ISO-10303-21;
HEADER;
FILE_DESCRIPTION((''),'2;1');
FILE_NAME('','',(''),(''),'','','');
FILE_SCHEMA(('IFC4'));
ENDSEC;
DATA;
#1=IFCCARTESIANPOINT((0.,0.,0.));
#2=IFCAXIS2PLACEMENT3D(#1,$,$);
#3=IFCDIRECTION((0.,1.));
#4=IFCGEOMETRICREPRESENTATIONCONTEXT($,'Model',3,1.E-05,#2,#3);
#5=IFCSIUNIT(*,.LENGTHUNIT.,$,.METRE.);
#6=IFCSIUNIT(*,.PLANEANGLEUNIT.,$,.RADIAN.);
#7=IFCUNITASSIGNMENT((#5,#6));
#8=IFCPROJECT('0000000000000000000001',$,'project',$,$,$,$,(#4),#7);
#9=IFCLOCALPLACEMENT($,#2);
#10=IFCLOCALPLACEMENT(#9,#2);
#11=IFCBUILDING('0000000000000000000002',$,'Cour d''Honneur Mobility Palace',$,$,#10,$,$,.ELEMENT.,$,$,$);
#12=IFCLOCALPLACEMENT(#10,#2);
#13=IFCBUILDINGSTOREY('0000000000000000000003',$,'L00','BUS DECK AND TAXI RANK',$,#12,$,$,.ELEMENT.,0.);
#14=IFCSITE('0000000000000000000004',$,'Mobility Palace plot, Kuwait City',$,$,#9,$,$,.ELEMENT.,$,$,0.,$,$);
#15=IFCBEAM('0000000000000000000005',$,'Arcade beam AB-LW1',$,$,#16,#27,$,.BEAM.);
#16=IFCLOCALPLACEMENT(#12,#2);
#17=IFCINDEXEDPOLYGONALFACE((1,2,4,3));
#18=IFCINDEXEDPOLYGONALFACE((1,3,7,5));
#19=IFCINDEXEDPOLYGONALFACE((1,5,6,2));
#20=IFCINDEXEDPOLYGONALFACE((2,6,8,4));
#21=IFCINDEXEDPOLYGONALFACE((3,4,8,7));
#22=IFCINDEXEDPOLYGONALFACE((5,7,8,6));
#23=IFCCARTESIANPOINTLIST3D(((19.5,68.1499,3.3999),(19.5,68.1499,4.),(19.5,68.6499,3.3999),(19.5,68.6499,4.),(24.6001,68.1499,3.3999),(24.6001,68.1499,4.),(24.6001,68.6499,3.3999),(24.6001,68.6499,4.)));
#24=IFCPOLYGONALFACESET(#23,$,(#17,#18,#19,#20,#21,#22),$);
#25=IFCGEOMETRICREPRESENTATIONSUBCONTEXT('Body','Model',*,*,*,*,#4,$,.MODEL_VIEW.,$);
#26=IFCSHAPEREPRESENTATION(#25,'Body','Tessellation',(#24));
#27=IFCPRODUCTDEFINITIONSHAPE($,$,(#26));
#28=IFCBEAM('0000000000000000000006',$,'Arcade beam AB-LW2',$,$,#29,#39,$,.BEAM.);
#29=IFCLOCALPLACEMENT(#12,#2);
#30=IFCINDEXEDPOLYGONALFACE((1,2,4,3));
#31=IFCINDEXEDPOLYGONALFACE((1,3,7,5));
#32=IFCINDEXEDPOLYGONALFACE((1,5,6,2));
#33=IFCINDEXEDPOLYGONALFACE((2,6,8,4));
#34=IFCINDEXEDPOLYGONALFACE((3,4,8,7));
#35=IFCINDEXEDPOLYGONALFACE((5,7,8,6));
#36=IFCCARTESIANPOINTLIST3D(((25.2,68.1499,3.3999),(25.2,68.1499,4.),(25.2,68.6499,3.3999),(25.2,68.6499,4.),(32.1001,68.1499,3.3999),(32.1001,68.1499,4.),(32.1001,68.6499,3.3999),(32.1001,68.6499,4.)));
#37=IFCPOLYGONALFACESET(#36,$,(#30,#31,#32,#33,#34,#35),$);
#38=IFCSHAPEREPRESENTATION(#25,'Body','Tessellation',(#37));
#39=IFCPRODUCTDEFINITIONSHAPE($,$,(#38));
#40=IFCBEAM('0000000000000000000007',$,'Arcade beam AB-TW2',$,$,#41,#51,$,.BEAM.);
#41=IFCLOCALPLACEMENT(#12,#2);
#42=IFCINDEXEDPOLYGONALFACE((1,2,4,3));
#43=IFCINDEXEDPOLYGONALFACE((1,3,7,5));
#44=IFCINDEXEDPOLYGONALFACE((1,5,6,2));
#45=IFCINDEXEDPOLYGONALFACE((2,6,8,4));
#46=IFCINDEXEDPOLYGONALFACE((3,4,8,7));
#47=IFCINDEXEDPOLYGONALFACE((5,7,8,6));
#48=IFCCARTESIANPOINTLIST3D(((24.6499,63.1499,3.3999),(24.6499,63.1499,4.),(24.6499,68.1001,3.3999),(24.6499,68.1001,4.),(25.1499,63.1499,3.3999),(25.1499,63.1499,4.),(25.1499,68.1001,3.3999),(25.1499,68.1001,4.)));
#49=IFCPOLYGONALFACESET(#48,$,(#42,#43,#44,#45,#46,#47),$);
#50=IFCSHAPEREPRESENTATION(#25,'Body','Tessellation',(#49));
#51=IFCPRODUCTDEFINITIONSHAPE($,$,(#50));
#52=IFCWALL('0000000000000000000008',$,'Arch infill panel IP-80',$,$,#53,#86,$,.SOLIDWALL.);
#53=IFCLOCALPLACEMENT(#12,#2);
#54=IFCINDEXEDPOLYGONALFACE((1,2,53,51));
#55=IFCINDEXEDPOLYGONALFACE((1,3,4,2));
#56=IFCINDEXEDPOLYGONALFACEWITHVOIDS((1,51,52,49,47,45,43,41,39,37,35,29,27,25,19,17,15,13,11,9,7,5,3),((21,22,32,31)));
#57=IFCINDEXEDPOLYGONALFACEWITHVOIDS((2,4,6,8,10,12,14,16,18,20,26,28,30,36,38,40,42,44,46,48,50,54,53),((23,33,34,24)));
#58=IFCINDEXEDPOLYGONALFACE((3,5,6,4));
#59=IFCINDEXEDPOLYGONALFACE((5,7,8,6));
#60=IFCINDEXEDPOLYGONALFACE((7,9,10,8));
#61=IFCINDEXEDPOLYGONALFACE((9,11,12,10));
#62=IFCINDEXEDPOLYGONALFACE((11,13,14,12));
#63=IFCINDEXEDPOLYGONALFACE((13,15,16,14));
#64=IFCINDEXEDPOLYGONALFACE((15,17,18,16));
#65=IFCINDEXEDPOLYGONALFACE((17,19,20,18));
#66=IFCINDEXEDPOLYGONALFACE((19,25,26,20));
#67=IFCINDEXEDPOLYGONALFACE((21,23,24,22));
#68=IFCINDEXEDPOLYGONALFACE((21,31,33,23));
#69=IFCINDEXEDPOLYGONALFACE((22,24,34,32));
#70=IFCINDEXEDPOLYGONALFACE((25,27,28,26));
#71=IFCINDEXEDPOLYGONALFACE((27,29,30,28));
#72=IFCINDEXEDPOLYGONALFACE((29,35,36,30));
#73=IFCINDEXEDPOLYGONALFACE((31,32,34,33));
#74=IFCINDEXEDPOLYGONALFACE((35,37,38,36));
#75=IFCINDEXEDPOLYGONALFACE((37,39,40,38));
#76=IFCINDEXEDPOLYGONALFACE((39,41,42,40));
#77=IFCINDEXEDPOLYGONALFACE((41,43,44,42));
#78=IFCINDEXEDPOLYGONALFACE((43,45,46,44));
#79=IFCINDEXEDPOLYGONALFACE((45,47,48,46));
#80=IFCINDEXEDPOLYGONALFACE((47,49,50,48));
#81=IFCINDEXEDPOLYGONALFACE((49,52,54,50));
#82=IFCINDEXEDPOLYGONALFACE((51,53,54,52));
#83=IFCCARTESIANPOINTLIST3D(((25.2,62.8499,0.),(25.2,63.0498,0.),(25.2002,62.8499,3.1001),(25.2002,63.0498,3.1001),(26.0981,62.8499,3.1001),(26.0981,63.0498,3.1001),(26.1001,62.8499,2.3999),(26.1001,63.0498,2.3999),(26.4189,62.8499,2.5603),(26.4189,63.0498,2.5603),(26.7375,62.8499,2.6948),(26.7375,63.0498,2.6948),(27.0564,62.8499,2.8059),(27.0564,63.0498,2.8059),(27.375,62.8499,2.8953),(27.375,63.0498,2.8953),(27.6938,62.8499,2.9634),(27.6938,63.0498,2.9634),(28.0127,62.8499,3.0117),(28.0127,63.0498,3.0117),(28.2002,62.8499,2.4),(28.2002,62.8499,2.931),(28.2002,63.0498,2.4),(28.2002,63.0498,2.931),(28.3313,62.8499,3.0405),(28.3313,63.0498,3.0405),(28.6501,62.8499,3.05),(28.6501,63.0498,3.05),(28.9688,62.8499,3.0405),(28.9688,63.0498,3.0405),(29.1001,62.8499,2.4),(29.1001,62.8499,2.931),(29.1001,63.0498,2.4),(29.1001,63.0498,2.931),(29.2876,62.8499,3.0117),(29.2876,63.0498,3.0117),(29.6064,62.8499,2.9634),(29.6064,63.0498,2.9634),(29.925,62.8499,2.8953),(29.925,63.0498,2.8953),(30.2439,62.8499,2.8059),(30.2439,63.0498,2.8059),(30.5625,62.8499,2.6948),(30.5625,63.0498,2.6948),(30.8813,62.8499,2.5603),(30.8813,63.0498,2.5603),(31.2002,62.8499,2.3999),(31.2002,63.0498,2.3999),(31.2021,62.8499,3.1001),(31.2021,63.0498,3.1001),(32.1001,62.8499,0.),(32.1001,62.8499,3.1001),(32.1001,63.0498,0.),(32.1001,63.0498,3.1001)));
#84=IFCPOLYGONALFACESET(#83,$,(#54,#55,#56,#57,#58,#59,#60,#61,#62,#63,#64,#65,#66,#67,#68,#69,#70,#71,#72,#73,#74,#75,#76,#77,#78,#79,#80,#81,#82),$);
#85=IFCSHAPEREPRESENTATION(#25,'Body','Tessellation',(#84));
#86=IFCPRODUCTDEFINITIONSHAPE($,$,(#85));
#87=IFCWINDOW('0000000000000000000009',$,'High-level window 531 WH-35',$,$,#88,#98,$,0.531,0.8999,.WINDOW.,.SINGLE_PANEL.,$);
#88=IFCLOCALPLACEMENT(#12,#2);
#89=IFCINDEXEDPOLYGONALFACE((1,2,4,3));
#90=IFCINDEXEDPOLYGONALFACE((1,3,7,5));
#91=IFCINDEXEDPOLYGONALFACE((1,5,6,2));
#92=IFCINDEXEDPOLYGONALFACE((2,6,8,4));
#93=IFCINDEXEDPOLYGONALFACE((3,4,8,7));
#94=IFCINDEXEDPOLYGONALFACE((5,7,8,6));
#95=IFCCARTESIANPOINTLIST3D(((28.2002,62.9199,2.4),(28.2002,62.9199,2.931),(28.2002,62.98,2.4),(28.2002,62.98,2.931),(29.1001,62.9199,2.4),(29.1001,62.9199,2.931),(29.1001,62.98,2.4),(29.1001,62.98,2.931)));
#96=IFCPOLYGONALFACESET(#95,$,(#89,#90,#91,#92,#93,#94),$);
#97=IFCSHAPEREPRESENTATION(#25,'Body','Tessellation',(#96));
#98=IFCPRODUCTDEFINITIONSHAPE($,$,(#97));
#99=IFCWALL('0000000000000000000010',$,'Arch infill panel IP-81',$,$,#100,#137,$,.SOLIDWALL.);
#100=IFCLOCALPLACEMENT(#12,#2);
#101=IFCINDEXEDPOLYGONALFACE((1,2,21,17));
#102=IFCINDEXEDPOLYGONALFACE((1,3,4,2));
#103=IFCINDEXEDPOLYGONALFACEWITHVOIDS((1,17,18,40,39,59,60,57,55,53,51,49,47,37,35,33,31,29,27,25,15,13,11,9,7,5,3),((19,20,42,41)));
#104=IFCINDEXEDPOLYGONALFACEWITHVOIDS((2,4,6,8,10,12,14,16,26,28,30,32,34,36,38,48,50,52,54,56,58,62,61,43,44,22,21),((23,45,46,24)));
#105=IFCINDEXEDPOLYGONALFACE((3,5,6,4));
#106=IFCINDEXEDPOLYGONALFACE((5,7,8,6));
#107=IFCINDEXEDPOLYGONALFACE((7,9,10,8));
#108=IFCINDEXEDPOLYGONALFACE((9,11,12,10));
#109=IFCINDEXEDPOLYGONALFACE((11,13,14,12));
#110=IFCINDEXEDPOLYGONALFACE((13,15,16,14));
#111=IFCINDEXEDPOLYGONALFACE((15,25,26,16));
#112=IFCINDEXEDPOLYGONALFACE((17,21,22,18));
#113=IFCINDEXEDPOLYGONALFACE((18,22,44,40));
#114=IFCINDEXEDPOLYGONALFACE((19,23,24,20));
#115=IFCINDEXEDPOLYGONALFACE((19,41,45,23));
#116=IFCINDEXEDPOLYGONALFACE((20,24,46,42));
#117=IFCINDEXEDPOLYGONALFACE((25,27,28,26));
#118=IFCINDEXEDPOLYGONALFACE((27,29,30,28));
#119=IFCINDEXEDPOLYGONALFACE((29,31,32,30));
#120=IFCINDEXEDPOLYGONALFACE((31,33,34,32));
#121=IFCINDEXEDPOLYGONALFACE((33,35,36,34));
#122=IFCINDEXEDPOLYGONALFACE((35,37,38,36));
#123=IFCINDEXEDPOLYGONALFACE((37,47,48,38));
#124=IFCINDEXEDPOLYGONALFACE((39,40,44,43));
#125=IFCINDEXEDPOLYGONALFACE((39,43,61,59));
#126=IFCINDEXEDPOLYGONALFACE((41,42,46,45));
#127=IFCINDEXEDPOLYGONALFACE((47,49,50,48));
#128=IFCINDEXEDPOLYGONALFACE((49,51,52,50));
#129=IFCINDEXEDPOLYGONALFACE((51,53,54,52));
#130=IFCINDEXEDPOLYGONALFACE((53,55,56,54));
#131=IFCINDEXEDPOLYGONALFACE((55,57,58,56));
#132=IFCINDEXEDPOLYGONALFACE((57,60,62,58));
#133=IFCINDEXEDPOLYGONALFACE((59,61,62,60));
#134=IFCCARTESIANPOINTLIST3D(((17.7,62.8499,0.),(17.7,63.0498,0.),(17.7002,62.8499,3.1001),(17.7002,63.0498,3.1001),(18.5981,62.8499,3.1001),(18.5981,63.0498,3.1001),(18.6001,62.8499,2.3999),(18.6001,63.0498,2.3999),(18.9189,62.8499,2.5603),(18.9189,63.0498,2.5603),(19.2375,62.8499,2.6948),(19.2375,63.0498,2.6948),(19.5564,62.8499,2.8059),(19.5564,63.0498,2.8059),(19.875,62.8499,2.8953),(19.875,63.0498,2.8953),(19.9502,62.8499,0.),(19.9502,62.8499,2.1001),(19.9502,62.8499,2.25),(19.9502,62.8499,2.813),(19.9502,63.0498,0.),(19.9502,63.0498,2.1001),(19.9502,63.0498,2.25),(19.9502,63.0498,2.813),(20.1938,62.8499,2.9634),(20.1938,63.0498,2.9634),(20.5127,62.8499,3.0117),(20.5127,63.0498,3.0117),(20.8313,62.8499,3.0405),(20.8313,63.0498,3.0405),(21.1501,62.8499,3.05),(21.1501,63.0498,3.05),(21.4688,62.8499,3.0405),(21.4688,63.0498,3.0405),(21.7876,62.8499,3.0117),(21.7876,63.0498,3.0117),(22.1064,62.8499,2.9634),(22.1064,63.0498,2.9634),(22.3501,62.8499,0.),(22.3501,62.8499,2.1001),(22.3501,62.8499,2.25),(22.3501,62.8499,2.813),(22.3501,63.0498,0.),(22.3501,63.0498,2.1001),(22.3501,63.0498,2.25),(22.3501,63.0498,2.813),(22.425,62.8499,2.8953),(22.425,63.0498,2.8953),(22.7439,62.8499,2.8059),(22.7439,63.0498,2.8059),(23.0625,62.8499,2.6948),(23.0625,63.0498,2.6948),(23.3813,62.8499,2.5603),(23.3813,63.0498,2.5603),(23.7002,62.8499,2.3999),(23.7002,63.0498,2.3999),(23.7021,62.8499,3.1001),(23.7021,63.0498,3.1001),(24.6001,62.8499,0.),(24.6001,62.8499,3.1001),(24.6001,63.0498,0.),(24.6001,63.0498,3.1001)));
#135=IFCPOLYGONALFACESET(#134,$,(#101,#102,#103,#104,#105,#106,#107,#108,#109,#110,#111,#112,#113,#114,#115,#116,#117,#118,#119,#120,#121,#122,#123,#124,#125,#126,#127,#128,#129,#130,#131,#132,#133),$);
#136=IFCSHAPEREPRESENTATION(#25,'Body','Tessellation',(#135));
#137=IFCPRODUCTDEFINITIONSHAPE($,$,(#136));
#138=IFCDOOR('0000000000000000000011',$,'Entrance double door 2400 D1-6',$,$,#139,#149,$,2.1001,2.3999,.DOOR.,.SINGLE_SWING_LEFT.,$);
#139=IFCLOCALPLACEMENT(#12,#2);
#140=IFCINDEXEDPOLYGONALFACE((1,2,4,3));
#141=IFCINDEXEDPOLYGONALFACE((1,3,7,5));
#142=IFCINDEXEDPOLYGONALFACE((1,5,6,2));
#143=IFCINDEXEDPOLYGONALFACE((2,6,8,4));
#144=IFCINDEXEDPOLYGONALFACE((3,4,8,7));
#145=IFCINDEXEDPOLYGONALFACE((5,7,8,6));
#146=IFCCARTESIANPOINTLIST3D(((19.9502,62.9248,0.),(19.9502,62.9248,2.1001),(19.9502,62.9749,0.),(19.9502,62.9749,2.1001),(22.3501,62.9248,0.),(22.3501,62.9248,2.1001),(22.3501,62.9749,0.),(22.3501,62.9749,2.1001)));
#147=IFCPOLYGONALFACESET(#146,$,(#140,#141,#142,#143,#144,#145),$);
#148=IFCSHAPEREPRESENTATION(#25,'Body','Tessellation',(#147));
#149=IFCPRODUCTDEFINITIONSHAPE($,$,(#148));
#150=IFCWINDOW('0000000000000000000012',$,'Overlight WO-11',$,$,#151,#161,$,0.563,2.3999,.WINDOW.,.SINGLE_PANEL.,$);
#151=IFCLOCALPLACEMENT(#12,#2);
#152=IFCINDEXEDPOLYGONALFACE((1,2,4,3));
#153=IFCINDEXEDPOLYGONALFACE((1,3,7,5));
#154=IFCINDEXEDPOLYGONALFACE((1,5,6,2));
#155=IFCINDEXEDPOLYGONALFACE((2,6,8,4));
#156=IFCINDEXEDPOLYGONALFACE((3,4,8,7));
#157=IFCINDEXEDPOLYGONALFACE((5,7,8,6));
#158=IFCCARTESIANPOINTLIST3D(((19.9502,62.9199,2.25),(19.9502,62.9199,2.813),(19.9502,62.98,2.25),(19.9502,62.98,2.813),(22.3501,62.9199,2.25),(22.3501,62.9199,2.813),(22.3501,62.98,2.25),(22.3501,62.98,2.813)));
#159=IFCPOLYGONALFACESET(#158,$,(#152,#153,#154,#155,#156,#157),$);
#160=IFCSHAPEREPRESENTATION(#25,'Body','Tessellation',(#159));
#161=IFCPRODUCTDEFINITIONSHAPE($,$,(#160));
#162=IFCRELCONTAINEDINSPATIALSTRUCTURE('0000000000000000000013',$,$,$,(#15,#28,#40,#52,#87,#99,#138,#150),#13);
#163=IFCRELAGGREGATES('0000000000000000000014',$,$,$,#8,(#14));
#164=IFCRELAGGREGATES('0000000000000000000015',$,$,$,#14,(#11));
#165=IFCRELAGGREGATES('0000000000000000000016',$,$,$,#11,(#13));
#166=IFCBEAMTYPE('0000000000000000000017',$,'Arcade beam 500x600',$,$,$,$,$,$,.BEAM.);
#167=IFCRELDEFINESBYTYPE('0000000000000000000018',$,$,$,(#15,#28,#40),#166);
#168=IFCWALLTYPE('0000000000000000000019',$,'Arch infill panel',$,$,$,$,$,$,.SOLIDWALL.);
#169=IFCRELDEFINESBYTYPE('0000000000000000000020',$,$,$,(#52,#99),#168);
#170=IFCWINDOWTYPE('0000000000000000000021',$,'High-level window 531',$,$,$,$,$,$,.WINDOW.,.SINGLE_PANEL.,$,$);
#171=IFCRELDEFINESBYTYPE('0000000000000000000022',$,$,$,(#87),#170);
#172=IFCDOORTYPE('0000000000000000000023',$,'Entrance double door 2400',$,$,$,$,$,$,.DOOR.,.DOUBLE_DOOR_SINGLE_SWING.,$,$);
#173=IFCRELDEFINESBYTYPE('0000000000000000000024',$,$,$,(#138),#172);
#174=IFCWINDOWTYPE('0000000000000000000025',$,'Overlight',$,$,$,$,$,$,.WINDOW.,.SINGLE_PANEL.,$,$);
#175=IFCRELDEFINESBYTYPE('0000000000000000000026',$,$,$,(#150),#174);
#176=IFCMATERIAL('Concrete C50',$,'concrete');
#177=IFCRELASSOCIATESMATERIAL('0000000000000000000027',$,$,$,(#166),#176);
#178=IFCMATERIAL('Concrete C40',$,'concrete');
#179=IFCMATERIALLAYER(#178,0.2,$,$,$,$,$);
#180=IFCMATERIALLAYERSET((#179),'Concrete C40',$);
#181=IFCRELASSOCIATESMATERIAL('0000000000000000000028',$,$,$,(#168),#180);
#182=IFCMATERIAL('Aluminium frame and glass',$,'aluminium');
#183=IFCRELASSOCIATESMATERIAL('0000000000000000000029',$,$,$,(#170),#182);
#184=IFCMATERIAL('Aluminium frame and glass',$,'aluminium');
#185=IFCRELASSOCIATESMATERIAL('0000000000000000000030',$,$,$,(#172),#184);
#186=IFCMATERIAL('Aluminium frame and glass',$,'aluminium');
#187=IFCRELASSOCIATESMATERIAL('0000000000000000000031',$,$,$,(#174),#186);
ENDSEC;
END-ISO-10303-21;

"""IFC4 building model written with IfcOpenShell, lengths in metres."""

from ifc_helpers import new_model, si_unit, direction, frame, frame_2d, origin, origin_2d, place, context, subcontext, project, spatial, polyline, rectangle, outline, extrude, material, layer, layer_set, material_profile, profile_set, type_object, element, fill, save


model = new_model("IFC4")

# Units and contexts
model_context = context("Model", 3, precision=1e-05, world=origin(), true_north=direction((0.0, 1.0)))
body_context = subcontext(model_context, "Body", "Model", "MODEL_VIEW")
ifc_project = project(units=[si_unit("LENGTHUNIT", "METRE"), si_unit("PLANEANGLEUNIT", "RADIAN")], contexts=[model_context])

# Site, building, storey
site_placement = place(None, origin())
site = spatial("IfcSite", under=ifc_project, at=site_placement, Name="Mobility Palace plot, Kuwait City", CompositionType="ELEMENT", RefElevation=0.0)
building_placement = place(site_placement, origin())
building = spatial("IfcBuilding", under=site, at=building_placement, Name="Cour d'Honneur Mobility Palace", CompositionType="ELEMENT")
storey_placement = place(building_placement, origin())
storey = spatial("IfcBuildingStorey", under=building, at=storey_placement, Name="L00", Description="BUS DECK AND TAXI RANK", CompositionType="ELEMENT", Elevation=0.0)

# Beams
ifc_material_1 = material(Name="Concrete C50", Category="concrete")
ifc_material_profile_1 = material_profile(ifc_material_1, rectangle(XDim=0.5, YDim=0.6001, at=origin_2d()), Name="Arcade beam 500x600")
ifc_profile_set_1 = profile_set([ifc_material_profile_1], Name="Concrete C50")
beam_type = type_object("IfcBeamType", Name="Arcade beam 500x600", PredefinedType="BEAM", material=ifc_profile_set_1)
beam_1_placement = place(storey_placement, frame((19.5, 68.3999, 3.7), z_axis=(1.0, 0.0, 0.0), x_axis=(0.0, 1.0, 0.0)))
element("IfcBeam", 1, at=beam_1_placement, inside=storey, type_object=beam_type, Name="Arcade beam AB-LW1", PredefinedType="BEAM", context=body_context, shape_type="SweptSolid", body=[
    extrude(rectangle(XDim=0.5, YDim=0.6001, at=origin_2d()), origin(), (0.0, 0.0, 1.0), 5.1001),
])
beam_2_placement = place(storey_placement, frame((25.2, 68.3999, 3.7), z_axis=(1.0, 0.0, 0.0), x_axis=(0.0, 1.0, 0.0)))
element("IfcBeam", 2, at=beam_2_placement, inside=storey, type_object=beam_type, Name="Arcade beam AB-LW2", PredefinedType="BEAM", context=body_context, shape_type="SweptSolid", body=[
    extrude(rectangle(XDim=0.5, YDim=0.6001, at=origin_2d()), origin(), (0.0, 0.0, 1.0), 6.9001),
])
beam_3_placement = place(storey_placement, frame((24.8999, 63.1499, 3.7), z_axis=(0.0, 1.0, 0.0), x_axis=(-1.0, 0.0, 0.0)))
element("IfcBeam", 3, at=beam_3_placement, inside=storey, type_object=beam_type, Name="Arcade beam AB-TW2", PredefinedType="BEAM", context=body_context, shape_type="SweptSolid", body=[
    extrude(rectangle(XDim=0.5, YDim=0.6001, at=origin_2d()), origin(), (0.0, 0.0, 1.0), 4.9502),
])

# Wall, opening, window
ifc_material_2 = material(Name="Concrete C40", Category="concrete")
ifc_layer_1 = layer(ifc_material_2, 0.2)
ifc_layer_set_1 = layer_set([ifc_layer_1], Name="Concrete C40")
wall_type = type_object("IfcWallType", Name="Arch infill panel", PredefinedType="SOLIDWALL", material=ifc_layer_set_1)
wall_1_placement = place(storey_placement, frame((32.1001, 62.95, 0.0), z_axis=(0.0, 0.0, 1.0), x_axis=(-1.0, 0.0, 0.0)))
wall_1 = element("IfcWall", 4, at=wall_1_placement, inside=storey, type_object=wall_type, Name="Arch infill panel IP-80", PredefinedType="SOLIDWALL", context=body_context, shape_type="SweptSolid", body=[
    extrude(outline(polyline([(0.0, 0.0), (6.9001, 0.0), (6.8999, 3.1001), (6.002, 3.1001), (6.0, 2.3999), (5.6812, 2.5603), (5.3625, 2.6948), (5.0437, 2.8059), (4.7251, 2.8953), (4.4062, 2.9634), (4.0874, 3.0117), (3.7688, 3.0405), (3.45, 3.05), (3.1313, 3.0405), (2.8125, 3.0117), (2.4937, 2.9634), (2.175, 2.8953), (1.8562, 2.8059), (1.5376, 2.6948), (1.2188, 2.5603), (0.8999, 2.3999), (0.8979, 3.1001), (0.0, 3.1001), (0.0, 0.0)])), frame((0.0, 0.1001, 0.0), z_axis=(0.0, -1.0, 0.0), x_axis=(1.0, 0.0, 0.0)), (0.0, 0.0, 1.0), 0.2),
])
opening_1_placement = place(wall_1_placement, frame((3.0, 0.0, 2.3999)))
opening_1 = element("IfcOpeningElement", 5, at=opening_1_placement, cuts=wall_1, PredefinedType="OPENING", context=body_context, shape_type="SweptSolid", body=[
    extrude(rectangle(XDim=0.8999, YDim=0.531, at=frame_2d((0.45, 0.2656))), frame((0.0, 0.1099, 0.0), z_axis=(0.0, -1.0, 0.0), x_axis=(1.0, 0.0, 0.0)), (0.0, 0.0, 1.0), 0.22),
])
ifc_material_3 = material(Name="Aluminium frame and glass", Category="aluminium")
window_type_1 = type_object("IfcWindowType", Name="High-level window 531", PartitioningType="SINGLE_PANEL", PredefinedType="WINDOW", material=ifc_material_3)
window_1_placement = place(opening_1_placement, origin())
window_1 = element("IfcWindow", 6, at=window_1_placement, inside=storey, type_object=window_type_1, Name="High-level window 531 WH-35", OverallHeight=0.531, OverallWidth=0.8999, PartitioningType="SINGLE_PANEL", PredefinedType="WINDOW", context=body_context, shape_type="SweptSolid", body=[
    extrude(rectangle(XDim=0.8999, YDim=0.531, at=frame_2d((0.45, 0.2656))), frame((0.0, 0.03, 0.0), z_axis=(0.0, -1.0, 0.0), x_axis=(1.0, 0.0, 0.0)), (0.0, 0.0, 1.0), 0.0601),
])
fill(opening_1, window_1)

# Wall, openings, door, window
wall_2_placement = place(storey_placement, frame((24.6001, 62.95, 0.0), z_axis=(0.0, 0.0, 1.0), x_axis=(-1.0, 0.0, 0.0)))
wall_2 = element("IfcWall", 7, at=wall_2_placement, inside=storey, type_object=wall_type, Name="Arch infill panel IP-81", PredefinedType="SOLIDWALL", context=body_context, shape_type="SweptSolid", body=[
    extrude(outline(polyline([(0.0, 0.0), (6.9001, 0.0), (6.8999, 3.1001), (6.002, 3.1001), (6.0, 2.3999), (5.6812, 2.5603), (5.3625, 2.6948), (5.0437, 2.8059), (4.7251, 2.8953), (4.4062, 2.9634), (4.0874, 3.0117), (3.7688, 3.0405), (3.45, 3.05), (3.1313, 3.0405), (2.8125, 3.0117), (2.4937, 2.9634), (2.175, 2.8953), (1.8562, 2.8059), (1.5376, 2.6948), (1.2188, 2.5603), (0.8999, 2.3999), (0.8979, 3.1001), (0.0, 3.1001), (0.0, 0.0)])), frame((0.0, 0.1001, 0.0), z_axis=(0.0, -1.0, 0.0), x_axis=(1.0, 0.0, 0.0)), (0.0, 0.0, 1.0), 0.2),
])
opening_2_placement = place(wall_2_placement, frame((2.25, 0.0, 0.0)))
opening_2 = element("IfcOpeningElement", 8, at=opening_2_placement, cuts=wall_2, PredefinedType="OPENING", context=body_context, shape_type="SweptSolid", body=[
    extrude(rectangle(XDim=2.3999, YDim=2.1001, at=frame_2d((1.2, 1.05))), frame((0.0, 0.1099, 0.0), z_axis=(0.0, -1.0, 0.0), x_axis=(1.0, 0.0, 0.0)), (0.0, 0.0, 1.0), 0.22),
])
opening_3_placement = place(wall_2_placement, frame((2.25, 0.0, 2.25)))
opening_3 = element("IfcOpeningElement", 9, at=opening_3_placement, cuts=wall_2, PredefinedType="OPENING", context=body_context, shape_type="SweptSolid", body=[
    extrude(rectangle(XDim=2.3999, YDim=0.563, at=frame_2d((1.2, 0.2815))), frame((0.0, 0.1099, 0.0), z_axis=(0.0, -1.0, 0.0), x_axis=(1.0, 0.0, 0.0)), (0.0, 0.0, 1.0), 0.22),
])
ifc_material_4 = material(Name="Aluminium frame and glass", Category="aluminium")
door_type = type_object("IfcDoorType", Name="Entrance double door 2400", OperationType="DOUBLE_DOOR_SINGLE_SWING", PredefinedType="DOOR", material=ifc_material_4)
door_placement = place(opening_2_placement, frame((2.3999, 0.0, 0.0), z_axis=(0.0, 0.0, 1.0), x_axis=(-1.0, 0.0, 0.0)))
door = element("IfcDoor", 10, at=door_placement, inside=storey, type_object=door_type, Name="Entrance double door 2400 D1-6", OperationType="SINGLE_SWING_LEFT", OverallHeight=2.1001, OverallWidth=2.3999, PredefinedType="DOOR", context=body_context, shape_type="SweptSolid", body=[
    extrude(rectangle(XDim=2.3999, YDim=2.1001, at=frame_2d((1.2, 1.05))), frame((0.0, 0.0249, 0.0), z_axis=(0.0, -1.0, 0.0), x_axis=(1.0, 0.0, 0.0)), (0.0, 0.0, 1.0), 0.05),
])
fill(opening_2, door)
ifc_material_5 = material(Name="Aluminium frame and glass", Category="aluminium")
window_type_2 = type_object("IfcWindowType", Name="Overlight", PartitioningType="SINGLE_PANEL", PredefinedType="WINDOW", material=ifc_material_5)
window_2_placement = place(opening_3_placement, origin())
window_2 = element("IfcWindow", 11, at=window_2_placement, inside=storey, type_object=window_type_2, Name="Overlight WO-11", OverallHeight=0.563, OverallWidth=2.3999, PartitioningType="SINGLE_PANEL", PredefinedType="WINDOW", context=body_context, shape_type="SweptSolid", body=[
    extrude(rectangle(XDim=2.3999, YDim=0.563, at=frame_2d((1.2, 0.2815))), frame((0.0, 0.03, 0.0), z_axis=(0.0, -1.0, 0.0), x_axis=(1.0, 0.0, 0.0)), (0.0, 0.0, 1.0), 0.0601),
])
fill(opening_3, window_2)

save(model, "model.ifc")
